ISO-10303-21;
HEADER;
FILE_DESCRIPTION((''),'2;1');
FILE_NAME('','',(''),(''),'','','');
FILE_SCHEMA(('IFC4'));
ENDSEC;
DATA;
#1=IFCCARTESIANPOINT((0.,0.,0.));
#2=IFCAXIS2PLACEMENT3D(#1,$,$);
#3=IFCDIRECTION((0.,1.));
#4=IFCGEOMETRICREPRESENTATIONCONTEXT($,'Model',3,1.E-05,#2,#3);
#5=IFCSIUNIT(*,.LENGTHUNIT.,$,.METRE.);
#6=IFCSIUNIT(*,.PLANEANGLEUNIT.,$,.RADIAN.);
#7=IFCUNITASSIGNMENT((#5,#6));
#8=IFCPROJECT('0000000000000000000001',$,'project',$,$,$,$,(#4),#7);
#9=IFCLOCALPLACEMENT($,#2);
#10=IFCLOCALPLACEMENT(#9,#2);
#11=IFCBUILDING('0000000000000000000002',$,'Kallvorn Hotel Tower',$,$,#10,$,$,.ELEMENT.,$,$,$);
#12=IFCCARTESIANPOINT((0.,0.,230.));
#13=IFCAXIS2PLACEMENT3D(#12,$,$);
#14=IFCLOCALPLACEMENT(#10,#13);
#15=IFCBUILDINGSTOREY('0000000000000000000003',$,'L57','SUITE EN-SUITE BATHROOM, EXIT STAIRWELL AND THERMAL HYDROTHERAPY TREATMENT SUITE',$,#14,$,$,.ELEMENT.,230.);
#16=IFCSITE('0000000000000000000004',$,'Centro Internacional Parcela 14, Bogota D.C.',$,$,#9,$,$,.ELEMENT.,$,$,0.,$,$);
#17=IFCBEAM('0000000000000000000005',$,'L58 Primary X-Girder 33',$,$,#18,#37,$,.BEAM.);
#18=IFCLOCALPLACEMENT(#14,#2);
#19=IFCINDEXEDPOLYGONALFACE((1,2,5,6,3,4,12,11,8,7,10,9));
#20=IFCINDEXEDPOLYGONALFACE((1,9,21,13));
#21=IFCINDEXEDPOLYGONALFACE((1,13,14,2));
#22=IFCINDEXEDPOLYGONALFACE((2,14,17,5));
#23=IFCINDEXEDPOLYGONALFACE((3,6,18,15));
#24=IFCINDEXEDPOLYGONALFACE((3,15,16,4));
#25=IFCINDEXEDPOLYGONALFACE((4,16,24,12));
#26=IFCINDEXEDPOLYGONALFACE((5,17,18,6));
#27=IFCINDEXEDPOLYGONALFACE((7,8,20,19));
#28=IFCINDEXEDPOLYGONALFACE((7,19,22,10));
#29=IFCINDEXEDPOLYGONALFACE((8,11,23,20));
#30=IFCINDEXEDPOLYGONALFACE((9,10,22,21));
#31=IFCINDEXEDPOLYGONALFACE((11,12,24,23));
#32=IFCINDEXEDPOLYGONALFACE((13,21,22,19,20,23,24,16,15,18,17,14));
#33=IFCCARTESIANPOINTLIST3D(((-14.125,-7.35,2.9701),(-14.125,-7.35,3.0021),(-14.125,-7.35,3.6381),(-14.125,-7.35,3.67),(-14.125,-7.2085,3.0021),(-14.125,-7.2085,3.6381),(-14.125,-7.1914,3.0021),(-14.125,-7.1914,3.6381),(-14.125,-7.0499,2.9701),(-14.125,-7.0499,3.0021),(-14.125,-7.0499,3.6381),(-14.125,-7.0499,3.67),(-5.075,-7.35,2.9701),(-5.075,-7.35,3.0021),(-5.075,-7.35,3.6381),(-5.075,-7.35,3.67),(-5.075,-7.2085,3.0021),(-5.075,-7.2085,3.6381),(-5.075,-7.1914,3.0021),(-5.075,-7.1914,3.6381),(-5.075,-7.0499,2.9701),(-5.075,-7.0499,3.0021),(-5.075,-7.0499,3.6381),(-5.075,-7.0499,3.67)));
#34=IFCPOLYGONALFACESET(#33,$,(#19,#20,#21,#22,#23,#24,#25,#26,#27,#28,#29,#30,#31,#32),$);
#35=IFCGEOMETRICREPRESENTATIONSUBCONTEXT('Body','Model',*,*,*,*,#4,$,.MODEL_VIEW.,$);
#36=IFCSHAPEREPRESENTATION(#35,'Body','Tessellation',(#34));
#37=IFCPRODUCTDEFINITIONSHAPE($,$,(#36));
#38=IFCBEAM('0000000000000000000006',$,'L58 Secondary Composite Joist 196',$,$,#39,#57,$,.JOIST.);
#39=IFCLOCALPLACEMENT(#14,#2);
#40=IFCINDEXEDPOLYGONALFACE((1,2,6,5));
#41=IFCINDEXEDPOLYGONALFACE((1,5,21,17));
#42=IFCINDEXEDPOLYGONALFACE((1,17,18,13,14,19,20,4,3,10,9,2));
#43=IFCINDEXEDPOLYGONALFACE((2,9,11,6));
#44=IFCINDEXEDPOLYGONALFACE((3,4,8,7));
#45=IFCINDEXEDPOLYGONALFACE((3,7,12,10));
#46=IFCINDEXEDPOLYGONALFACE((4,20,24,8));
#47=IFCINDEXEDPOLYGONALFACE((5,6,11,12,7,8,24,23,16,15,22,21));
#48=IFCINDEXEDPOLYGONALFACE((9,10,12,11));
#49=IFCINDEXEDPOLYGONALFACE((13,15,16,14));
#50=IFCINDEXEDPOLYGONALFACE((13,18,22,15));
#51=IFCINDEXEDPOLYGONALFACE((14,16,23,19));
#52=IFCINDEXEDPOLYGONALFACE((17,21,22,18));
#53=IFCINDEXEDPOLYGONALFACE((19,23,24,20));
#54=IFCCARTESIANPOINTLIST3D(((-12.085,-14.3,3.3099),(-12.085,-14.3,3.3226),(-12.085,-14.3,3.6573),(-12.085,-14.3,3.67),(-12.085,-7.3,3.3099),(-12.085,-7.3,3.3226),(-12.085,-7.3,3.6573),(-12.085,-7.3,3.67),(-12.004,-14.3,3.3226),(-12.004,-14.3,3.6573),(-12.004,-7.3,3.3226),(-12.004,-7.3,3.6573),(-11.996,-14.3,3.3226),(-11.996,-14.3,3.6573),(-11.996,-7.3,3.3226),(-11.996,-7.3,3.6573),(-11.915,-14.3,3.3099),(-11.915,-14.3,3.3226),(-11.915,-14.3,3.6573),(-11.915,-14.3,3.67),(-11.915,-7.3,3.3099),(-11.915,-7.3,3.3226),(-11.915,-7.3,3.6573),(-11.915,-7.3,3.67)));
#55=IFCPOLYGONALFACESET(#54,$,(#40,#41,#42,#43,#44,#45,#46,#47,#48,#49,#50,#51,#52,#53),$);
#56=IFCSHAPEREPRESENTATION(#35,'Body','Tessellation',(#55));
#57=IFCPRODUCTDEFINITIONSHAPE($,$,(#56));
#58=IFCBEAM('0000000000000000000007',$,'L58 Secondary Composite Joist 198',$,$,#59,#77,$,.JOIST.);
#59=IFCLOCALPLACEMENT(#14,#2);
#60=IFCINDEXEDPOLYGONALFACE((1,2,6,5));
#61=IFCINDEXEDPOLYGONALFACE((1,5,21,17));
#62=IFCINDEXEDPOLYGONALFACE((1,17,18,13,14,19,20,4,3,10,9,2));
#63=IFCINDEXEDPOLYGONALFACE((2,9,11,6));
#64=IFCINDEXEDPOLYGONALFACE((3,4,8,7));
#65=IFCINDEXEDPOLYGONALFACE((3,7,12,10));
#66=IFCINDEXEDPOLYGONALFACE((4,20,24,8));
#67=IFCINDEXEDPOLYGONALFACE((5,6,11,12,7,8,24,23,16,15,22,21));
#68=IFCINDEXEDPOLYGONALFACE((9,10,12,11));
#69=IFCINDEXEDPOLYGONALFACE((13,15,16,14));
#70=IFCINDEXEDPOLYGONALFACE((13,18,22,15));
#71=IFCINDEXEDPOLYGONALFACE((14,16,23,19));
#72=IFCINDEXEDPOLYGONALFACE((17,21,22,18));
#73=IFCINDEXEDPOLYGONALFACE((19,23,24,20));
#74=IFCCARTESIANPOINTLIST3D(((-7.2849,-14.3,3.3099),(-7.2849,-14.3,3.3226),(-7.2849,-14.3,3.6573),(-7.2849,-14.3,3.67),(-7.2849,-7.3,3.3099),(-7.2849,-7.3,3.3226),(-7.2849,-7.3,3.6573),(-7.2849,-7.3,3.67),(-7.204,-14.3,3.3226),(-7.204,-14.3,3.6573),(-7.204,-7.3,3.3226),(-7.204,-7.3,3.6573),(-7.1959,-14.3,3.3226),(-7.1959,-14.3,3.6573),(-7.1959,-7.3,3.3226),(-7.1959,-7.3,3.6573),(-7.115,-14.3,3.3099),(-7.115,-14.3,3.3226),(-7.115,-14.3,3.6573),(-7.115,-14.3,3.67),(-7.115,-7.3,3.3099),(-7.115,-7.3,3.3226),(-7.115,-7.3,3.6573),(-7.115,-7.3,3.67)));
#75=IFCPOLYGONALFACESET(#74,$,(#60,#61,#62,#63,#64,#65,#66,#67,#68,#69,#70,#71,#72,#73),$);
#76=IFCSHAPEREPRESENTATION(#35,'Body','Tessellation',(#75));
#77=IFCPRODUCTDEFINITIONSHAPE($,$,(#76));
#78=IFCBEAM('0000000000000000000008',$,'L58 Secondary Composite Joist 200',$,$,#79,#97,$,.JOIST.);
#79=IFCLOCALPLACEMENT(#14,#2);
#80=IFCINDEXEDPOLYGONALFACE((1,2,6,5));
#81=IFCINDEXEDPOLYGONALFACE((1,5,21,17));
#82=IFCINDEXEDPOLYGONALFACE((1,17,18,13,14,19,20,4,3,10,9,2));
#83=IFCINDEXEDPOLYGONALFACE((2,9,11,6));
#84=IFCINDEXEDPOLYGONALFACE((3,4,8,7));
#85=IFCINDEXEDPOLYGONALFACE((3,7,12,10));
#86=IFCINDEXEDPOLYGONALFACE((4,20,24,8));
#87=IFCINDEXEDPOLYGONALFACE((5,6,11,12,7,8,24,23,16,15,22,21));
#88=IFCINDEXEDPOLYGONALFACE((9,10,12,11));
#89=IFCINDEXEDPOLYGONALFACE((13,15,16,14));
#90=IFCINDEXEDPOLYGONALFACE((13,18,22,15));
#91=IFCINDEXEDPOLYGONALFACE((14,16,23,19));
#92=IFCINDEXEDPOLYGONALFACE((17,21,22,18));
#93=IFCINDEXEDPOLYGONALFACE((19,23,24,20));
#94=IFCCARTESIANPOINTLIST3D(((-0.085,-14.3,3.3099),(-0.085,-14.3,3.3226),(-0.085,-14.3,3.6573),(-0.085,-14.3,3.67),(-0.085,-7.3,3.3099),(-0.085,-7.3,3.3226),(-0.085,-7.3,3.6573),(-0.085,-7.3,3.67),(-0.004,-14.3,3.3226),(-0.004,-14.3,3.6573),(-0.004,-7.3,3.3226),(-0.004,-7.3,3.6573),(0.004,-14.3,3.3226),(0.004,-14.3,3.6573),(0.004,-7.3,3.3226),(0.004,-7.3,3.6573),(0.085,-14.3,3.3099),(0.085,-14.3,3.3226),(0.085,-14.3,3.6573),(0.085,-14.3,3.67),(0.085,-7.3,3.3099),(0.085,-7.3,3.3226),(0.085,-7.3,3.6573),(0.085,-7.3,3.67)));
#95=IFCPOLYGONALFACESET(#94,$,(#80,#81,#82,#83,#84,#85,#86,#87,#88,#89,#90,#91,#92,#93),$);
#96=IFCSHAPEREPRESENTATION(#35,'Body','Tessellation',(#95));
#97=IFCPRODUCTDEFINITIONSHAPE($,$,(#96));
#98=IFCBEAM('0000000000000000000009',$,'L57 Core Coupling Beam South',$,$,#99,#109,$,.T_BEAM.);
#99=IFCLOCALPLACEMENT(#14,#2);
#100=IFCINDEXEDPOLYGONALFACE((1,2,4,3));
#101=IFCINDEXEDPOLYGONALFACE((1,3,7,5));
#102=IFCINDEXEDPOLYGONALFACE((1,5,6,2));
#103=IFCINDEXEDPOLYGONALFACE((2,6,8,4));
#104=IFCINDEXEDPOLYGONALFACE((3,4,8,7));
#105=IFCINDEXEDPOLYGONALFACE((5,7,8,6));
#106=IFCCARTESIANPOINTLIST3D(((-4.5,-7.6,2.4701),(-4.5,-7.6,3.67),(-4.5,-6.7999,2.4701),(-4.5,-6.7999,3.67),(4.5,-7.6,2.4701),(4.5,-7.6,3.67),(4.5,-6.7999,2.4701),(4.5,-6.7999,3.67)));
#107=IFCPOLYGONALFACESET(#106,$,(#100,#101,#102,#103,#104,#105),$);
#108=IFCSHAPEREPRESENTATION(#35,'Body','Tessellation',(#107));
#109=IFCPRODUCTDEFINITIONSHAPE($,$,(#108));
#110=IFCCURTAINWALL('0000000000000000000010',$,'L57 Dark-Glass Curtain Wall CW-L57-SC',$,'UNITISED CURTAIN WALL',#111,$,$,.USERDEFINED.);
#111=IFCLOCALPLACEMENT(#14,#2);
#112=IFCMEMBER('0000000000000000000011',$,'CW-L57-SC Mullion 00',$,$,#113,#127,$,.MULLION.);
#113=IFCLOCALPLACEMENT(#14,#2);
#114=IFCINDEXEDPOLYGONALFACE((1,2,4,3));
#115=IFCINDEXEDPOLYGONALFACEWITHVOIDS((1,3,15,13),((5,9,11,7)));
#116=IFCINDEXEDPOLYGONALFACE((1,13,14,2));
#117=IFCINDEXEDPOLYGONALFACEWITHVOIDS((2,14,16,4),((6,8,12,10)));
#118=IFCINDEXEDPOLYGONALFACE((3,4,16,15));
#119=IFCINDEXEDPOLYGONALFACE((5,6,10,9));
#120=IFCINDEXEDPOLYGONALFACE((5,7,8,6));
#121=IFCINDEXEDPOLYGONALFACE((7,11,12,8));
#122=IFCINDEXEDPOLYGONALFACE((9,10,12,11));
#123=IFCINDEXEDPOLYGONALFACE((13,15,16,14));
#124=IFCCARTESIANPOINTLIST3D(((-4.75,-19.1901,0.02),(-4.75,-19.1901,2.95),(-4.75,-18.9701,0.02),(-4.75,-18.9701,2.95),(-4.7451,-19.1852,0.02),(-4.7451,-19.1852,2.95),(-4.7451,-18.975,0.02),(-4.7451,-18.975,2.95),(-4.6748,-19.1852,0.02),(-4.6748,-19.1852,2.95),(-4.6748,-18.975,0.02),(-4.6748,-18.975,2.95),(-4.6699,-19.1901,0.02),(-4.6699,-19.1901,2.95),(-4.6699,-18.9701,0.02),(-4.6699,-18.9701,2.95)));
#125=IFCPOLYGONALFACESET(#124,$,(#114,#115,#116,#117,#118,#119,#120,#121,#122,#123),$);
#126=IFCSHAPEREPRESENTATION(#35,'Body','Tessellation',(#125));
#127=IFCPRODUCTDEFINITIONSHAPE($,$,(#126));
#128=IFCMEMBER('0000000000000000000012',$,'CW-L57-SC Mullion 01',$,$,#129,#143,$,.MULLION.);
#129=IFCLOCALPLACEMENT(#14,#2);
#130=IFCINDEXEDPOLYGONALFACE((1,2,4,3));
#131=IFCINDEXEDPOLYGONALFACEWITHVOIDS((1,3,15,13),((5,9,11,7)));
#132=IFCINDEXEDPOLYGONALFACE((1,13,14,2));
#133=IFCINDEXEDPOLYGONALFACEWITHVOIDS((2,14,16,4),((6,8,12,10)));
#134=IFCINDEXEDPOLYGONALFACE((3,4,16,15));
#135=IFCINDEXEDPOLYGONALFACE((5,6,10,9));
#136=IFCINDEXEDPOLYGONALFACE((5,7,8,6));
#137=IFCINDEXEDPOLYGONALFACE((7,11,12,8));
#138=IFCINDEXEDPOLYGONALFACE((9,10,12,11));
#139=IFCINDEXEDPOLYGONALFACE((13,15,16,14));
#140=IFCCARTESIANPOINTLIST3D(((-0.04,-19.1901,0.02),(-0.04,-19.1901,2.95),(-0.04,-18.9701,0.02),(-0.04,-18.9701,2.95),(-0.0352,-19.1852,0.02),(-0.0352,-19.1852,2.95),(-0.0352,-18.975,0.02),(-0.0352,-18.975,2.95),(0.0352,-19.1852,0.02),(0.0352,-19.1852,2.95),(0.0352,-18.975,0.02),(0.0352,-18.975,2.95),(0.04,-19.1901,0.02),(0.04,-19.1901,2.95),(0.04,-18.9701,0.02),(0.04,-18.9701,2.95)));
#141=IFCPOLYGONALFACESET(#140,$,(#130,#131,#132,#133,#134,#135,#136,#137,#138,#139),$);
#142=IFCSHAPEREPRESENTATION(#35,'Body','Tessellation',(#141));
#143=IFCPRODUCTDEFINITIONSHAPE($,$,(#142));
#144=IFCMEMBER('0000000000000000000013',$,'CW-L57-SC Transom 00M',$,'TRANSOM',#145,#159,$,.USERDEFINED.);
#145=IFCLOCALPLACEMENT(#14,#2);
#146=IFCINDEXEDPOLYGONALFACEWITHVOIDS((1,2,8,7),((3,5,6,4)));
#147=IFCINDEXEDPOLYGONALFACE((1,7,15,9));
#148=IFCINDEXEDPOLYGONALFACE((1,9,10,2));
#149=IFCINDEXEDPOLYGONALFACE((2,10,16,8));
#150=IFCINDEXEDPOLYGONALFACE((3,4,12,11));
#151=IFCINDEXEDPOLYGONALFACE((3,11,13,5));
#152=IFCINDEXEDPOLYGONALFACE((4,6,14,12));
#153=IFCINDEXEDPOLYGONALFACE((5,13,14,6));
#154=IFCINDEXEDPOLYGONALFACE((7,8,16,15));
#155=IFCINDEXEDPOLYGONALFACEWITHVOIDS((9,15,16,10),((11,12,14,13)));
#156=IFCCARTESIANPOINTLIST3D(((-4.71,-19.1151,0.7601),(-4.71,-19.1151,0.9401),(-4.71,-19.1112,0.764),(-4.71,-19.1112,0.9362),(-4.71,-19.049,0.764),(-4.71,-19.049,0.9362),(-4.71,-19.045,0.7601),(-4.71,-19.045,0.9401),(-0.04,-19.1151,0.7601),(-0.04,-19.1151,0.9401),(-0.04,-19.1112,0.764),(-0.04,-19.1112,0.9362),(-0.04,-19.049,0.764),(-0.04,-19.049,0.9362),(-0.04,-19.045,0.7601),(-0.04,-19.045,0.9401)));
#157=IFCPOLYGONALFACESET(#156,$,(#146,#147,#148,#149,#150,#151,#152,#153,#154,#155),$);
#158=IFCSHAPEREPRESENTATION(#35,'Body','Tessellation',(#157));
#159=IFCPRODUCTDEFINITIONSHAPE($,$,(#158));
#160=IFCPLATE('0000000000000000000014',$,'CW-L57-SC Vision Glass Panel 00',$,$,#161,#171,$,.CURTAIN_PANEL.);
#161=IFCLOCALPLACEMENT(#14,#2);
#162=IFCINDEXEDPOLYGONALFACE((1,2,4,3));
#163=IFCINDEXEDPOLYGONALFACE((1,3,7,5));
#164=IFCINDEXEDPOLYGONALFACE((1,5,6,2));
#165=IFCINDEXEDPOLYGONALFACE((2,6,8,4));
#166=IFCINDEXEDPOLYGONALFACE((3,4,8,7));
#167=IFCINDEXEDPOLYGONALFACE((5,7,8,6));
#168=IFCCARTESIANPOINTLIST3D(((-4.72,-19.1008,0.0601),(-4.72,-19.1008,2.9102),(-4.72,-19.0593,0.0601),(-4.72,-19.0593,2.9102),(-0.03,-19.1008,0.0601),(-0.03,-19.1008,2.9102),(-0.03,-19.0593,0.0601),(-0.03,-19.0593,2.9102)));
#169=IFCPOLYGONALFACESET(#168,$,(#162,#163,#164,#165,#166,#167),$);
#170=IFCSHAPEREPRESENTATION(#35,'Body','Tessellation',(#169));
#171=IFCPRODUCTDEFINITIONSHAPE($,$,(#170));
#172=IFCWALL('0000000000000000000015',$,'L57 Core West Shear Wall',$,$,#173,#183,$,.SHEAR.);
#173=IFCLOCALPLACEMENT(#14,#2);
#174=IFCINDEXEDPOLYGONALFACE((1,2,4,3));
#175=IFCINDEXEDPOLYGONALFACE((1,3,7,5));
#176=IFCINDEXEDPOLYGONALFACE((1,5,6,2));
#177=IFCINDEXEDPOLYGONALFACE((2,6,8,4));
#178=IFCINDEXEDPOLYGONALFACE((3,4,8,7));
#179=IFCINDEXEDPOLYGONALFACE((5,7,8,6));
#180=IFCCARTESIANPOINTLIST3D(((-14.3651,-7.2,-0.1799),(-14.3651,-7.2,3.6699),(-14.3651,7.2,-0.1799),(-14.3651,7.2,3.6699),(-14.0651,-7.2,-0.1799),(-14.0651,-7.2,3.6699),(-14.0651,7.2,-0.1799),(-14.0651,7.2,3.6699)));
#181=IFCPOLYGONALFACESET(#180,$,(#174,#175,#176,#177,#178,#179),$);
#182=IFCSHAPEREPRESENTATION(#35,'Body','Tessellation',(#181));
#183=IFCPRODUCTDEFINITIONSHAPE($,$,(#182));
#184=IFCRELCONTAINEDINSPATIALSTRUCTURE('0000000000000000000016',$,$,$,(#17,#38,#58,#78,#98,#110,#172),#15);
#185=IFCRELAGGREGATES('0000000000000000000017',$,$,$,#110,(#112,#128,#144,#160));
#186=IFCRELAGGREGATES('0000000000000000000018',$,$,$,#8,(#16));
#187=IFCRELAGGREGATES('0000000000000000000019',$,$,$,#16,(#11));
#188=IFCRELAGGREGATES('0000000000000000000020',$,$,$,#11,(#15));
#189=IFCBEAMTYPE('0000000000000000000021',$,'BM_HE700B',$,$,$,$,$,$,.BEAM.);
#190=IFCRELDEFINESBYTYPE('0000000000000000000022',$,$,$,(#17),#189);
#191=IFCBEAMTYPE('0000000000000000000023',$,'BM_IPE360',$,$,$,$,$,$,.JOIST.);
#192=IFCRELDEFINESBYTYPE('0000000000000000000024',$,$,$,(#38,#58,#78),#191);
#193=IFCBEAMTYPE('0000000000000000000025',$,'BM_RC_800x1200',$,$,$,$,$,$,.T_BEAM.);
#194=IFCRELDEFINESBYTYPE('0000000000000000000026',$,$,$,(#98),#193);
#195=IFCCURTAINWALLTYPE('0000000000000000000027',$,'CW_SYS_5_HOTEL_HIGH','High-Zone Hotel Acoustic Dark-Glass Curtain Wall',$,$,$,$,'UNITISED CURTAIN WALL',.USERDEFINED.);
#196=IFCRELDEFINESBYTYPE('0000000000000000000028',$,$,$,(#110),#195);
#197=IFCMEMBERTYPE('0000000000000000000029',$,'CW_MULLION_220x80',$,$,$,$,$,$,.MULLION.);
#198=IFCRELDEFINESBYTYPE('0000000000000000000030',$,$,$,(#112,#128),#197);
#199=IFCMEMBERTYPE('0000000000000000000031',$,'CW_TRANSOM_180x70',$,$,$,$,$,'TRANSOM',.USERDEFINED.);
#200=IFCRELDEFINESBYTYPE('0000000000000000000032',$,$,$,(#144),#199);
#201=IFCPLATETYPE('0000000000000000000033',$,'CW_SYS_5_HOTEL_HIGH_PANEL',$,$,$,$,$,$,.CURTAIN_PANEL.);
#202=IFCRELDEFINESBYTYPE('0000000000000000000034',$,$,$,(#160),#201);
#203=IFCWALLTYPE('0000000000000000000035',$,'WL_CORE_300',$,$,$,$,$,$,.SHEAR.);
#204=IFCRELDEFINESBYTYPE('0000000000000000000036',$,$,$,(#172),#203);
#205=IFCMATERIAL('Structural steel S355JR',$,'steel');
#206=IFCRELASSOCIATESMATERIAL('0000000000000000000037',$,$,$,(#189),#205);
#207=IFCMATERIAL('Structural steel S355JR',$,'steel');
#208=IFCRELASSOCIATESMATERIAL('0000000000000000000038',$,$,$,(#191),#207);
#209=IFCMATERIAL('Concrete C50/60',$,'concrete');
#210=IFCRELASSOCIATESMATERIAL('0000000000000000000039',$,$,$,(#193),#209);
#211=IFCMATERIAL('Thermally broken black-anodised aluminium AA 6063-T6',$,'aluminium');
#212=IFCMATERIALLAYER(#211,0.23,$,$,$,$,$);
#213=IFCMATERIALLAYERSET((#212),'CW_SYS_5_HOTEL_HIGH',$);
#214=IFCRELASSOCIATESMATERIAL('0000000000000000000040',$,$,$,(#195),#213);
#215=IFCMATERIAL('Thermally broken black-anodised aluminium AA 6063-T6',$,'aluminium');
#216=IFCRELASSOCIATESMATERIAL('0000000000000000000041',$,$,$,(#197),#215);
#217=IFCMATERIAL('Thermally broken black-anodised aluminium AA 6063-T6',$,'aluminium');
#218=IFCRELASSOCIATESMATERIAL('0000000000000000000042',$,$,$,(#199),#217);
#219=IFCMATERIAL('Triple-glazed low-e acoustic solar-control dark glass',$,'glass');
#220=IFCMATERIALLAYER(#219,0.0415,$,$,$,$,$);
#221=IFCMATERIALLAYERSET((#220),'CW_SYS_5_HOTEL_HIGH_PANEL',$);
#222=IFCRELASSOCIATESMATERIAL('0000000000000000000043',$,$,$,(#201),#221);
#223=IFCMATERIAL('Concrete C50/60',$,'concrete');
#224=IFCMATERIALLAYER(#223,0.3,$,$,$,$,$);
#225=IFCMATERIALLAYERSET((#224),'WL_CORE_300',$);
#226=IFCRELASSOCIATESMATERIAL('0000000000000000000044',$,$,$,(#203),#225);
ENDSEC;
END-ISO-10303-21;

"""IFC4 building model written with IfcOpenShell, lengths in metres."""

from ifc_helpers import new_model, si_unit, direction, frame, frame_2d, origin, origin_2d, place, context, subcontext, project, spatial, rectangle, hollow_rectangle, i_section, extrude, material, layer, layer_set, material_profile, profile_set, type_object, element, aggregate, save


model = new_model("IFC4")

# Units and contexts
model_context = context("Model", 3, precision=1e-05, world=origin(), true_north=direction((0.0, 1.0)))
body_context = subcontext(model_context, "Body", "Model", "MODEL_VIEW")
ifc_project = project(units=[si_unit("LENGTHUNIT", "METRE"), si_unit("PLANEANGLEUNIT", "RADIAN")], contexts=[model_context])

# Site, building, storey
site_placement = place(None, origin())
site = spatial("IfcSite", under=ifc_project, at=site_placement, Name="Centro Internacional Parcela 14, Bogota D.C.", CompositionType="ELEMENT", RefElevation=0.0)
building_placement = place(site_placement, origin())
building = spatial("IfcBuilding", under=site, at=building_placement, Name="Kallvorn Hotel Tower", CompositionType="ELEMENT")
storey_placement = place(building_placement, frame((0.0, 0.0, 230.0)))
storey = spatial("IfcBuildingStorey", under=building, at=storey_placement, Name="L57", Description="SUITE EN-SUITE BATHROOM, EXIT STAIRWELL AND THERMAL HYDROTHERAPY TREATMENT SUITE", CompositionType="ELEMENT", Elevation=230.0)

# Beams
ifc_material_1 = material(Name="Structural steel S355JR", Category="steel")
ifc_material_profile_1 = material_profile(ifc_material_1, i_section(OverallWidth=0.3, OverallDepth=0.7, WebThickness=0.0171, FlangeThickness=0.032, at=origin_2d()), Name="HE 700 B")
ifc_profile_set_1 = profile_set([ifc_material_profile_1], Name="Structural steel S355JR")
beam_type_1 = type_object("IfcBeamType", Name="BM_HE700B", PredefinedType="BEAM", material=ifc_profile_set_1)
beam_1_placement = place(storey_placement, frame((-14.125, -7.2, 3.3201), z_axis=(1.0, 0.0, 0.0), x_axis=(0.0, 1.0, 0.0)))
element("IfcBeam", 1, at=beam_1_placement, inside=storey, type_object=beam_type_1, Name="L58 Primary X-Girder 33", PredefinedType="BEAM", context=body_context, shape_type="SweptSolid", body=[
    extrude(i_section(OverallWidth=0.3, OverallDepth=0.7, WebThickness=0.0171, FlangeThickness=0.032, at=origin_2d()), origin(), (0.0, 0.0, 1.0), 9.05),
])
ifc_material_2 = material(Name="Structural steel S355JR", Category="steel")
ifc_material_profile_2 = material_profile(ifc_material_2, i_section(OverallWidth=0.1699, OverallDepth=0.3601, WebThickness=0.0081, FlangeThickness=0.0127, at=origin_2d()), Name="IPE 360")
ifc_profile_set_2 = profile_set([ifc_material_profile_2], Name="Structural steel S355JR")
beam_type_2 = type_object("IfcBeamType", Name="BM_IPE360", PredefinedType="JOIST", material=ifc_profile_set_2)
for number, where, z_axis, x_axis, name in (
    (2, (-12.0, -14.3, 3.49), (0.0, 1.0, 0.0), (-1.0, 0.0, 0.0), "L58 Secondary Composite Joist 196"),
    (3, (-7.2, -14.3, 3.49), (0.0, 1.0, 0.0), (-1.0, 0.0, 0.0), "L58 Secondary Composite Joist 198"),
    (4, (0.0, -14.3, 3.49), (0.0, 1.0, 0.0), (-1.0, 0.0, 0.0), "L58 Secondary Composite Joist 200"),
):
    element("IfcBeam", number, at=place(storey_placement, frame(where, z_axis=z_axis, x_axis=x_axis)), inside=storey, type_object=beam_type_2, Name=name, PredefinedType="JOIST", context=body_context, shape_type="SweptSolid", body=[
        extrude(i_section(OverallWidth=0.1699, OverallDepth=0.3601, WebThickness=0.0081, FlangeThickness=0.0127, at=origin_2d()), origin(), (0.0, 0.0, 1.0), 7.0),
    ])
ifc_material_3 = material(Name="Concrete C50/60", Category="concrete")
ifc_material_profile_3 = material_profile(ifc_material_3, rectangle(XDim=0.8, YDim=1.2, at=origin_2d()), Name="RC 800x1200")
ifc_profile_set_3 = profile_set([ifc_material_profile_3], Name="Concrete C50/60")
beam_type_3 = type_object("IfcBeamType", Name="BM_RC_800x1200", PredefinedType="T_BEAM", material=ifc_profile_set_3)
beam_2_placement = place(storey_placement, frame((-4.5, -7.2, 3.0701), z_axis=(1.0, 0.0, 0.0), x_axis=(0.0, 1.0, 0.0)))
element("IfcBeam", 5, at=beam_2_placement, inside=storey, type_object=beam_type_3, Name="L57 Core Coupling Beam South", PredefinedType="T_BEAM", context=body_context, shape_type="SweptSolid", body=[
    extrude(rectangle(XDim=0.8, YDim=1.2, at=origin_2d()), origin(), (0.0, 0.0, 1.0), 9.0),
])

# Curtain wall, members, plate
ifc_material_4 = material(Name="Thermally broken black-anodised aluminium AA 6063-T6", Category="aluminium")
ifc_layer_1 = layer(ifc_material_4, 0.23)
ifc_layer_set_1 = layer_set([ifc_layer_1], Name="CW_SYS_5_HOTEL_HIGH")
curtain_wall_type = type_object("IfcCurtainWallType", Name="CW_SYS_5_HOTEL_HIGH", Description="High-Zone Hotel Acoustic Dark-Glass Curtain Wall", ElementType="UNITISED CURTAIN WALL", PredefinedType="USERDEFINED", material=ifc_layer_set_1)
curtain_wall_placement = place(storey_placement, origin())
curtain_wall = element("IfcCurtainWall", 6, at=curtain_wall_placement, inside=storey, type_object=curtain_wall_type, Name="L57 Dark-Glass Curtain Wall CW-L57-SC", ObjectType="UNITISED CURTAIN WALL", PredefinedType="USERDEFINED")
ifc_material_5 = material(Name="Thermally broken black-anodised aluminium AA 6063-T6", Category="aluminium")
ifc_material_profile_4 = material_profile(ifc_material_5, hollow_rectangle(XDim=0.0801, YDim=0.22, WallThickness=0.0049, at=origin_2d()), Name="MUL 220x80")
ifc_profile_set_4 = profile_set([ifc_material_profile_4], Name="Thermally broken black-anodised aluminium AA 6063-T6")
member_type_1 = type_object("IfcMemberType", Name="CW_MULLION_220x80", PredefinedType="MULLION", material=ifc_profile_set_4)
member_1_placement = place(storey_placement, frame((-4.71, -19.0801, 0.02), z_axis=(0.0, 0.0, 1.0), x_axis=(1.0, 0.0, 0.0)))
member_1 = element("IfcMember", 7, at=member_1_placement, type_object=member_type_1, Name="CW-L57-SC Mullion 00", PredefinedType="MULLION", context=body_context, shape_type="SweptSolid", body=[
    extrude(hollow_rectangle(XDim=0.0801, YDim=0.22, WallThickness=0.0049, at=origin_2d()), origin(), (0.0, 0.0, 1.0), 2.9299),
])
member_2_placement = place(storey_placement, frame((0.0, -19.0801, 0.02), z_axis=(0.0, 0.0, 1.0), x_axis=(1.0, 0.0, 0.0)))
member_2 = element("IfcMember", 8, at=member_2_placement, type_object=member_type_1, Name="CW-L57-SC Mullion 01", PredefinedType="MULLION", context=body_context, shape_type="SweptSolid", body=[
    extrude(hollow_rectangle(XDim=0.0801, YDim=0.22, WallThickness=0.0049, at=origin_2d()), origin(), (0.0, 0.0, 1.0), 2.9299),
])
ifc_material_6 = material(Name="Thermally broken black-anodised aluminium AA 6063-T6", Category="aluminium")
ifc_material_profile_5 = material_profile(ifc_material_6, hollow_rectangle(XDim=0.0701, YDim=0.1799, WallThickness=0.0039, at=origin_2d()), Name="TRN 180x70")
ifc_profile_set_5 = profile_set([ifc_material_profile_5], Name="Thermally broken black-anodised aluminium AA 6063-T6")
member_type_2 = type_object("IfcMemberType", Name="CW_TRANSOM_180x70", ElementType="TRANSOM", PredefinedType="USERDEFINED", material=ifc_profile_set_5)
member_3_placement = place(storey_placement, frame((-4.71, -19.0801, 0.8501), z_axis=(1.0, 0.0, 0.0), x_axis=(0.0, 1.0, 0.0)))
member_3 = element("IfcMember", 9, at=member_3_placement, type_object=member_type_2, Name="CW-L57-SC Transom 00M", ObjectType="TRANSOM", PredefinedType="USERDEFINED", context=body_context, shape_type="SweptSolid", body=[
    extrude(hollow_rectangle(XDim=0.0701, YDim=0.1799, WallThickness=0.0039, at=origin_2d()), origin(), (0.0, 0.0, 1.0), 4.6699),
])
ifc_material_7 = material(Name="Triple-glazed low-e acoustic solar-control dark glass", Category="glass")
ifc_layer_2 = layer(ifc_material_7, 0.0415)
ifc_layer_set_2 = layer_set([ifc_layer_2], Name="CW_SYS_5_HOTEL_HIGH_PANEL")
plate_type = type_object("IfcPlateType", Name="CW_SYS_5_HOTEL_HIGH_PANEL", PredefinedType="CURTAIN_PANEL", material=ifc_layer_set_2)
plate_placement = place(storey_placement, frame((-2.375, -19.0801, 0.0601), z_axis=(0.0, 0.0, 1.0), x_axis=(1.0, 0.0, 0.0)))
plate = element("IfcPlate", 10, at=plate_placement, type_object=plate_type, Name="CW-L57-SC Vision Glass Panel 00", PredefinedType="CURTAIN_PANEL", context=body_context, shape_type="SweptSolid", body=[
    extrude(rectangle(XDim=4.6899, YDim=0.0415, at=origin_2d()), origin(), (0.0, 0.0, 1.0), 2.8501),
])
aggregate(curtain_wall, [member_1, member_2, member_3, plate])

# Wall
ifc_material_8 = material(Name="Concrete C50/60", Category="concrete")
ifc_layer_3 = layer(ifc_material_8, 0.3)
ifc_layer_set_3 = layer_set([ifc_layer_3], Name="WL_CORE_300")
wall_type_1 = type_object("IfcWallType", Name="WL_CORE_300", PredefinedType="SHEAR", material=ifc_layer_set_3)
wall_1_placement = place(storey_placement, frame((-14.2151, -7.2, -0.1799), z_axis=(0.0, 0.0, 1.0), x_axis=(0.0, 1.0, 0.0)))
element("IfcWall", 11, at=wall_1_placement, inside=storey, type_object=wall_type_1, Name="L57 Core West Shear Wall", PredefinedType="SHEAR", context=body_context, shape_type="SweptSolid", body=[
    extrude(rectangle(XDim=14.3999, YDim=0.3, at=frame_2d((7.2, 0.0))), origin(), (0.0, 0.0, 1.0), 3.8499),
])

save(model, "model.ifc")
